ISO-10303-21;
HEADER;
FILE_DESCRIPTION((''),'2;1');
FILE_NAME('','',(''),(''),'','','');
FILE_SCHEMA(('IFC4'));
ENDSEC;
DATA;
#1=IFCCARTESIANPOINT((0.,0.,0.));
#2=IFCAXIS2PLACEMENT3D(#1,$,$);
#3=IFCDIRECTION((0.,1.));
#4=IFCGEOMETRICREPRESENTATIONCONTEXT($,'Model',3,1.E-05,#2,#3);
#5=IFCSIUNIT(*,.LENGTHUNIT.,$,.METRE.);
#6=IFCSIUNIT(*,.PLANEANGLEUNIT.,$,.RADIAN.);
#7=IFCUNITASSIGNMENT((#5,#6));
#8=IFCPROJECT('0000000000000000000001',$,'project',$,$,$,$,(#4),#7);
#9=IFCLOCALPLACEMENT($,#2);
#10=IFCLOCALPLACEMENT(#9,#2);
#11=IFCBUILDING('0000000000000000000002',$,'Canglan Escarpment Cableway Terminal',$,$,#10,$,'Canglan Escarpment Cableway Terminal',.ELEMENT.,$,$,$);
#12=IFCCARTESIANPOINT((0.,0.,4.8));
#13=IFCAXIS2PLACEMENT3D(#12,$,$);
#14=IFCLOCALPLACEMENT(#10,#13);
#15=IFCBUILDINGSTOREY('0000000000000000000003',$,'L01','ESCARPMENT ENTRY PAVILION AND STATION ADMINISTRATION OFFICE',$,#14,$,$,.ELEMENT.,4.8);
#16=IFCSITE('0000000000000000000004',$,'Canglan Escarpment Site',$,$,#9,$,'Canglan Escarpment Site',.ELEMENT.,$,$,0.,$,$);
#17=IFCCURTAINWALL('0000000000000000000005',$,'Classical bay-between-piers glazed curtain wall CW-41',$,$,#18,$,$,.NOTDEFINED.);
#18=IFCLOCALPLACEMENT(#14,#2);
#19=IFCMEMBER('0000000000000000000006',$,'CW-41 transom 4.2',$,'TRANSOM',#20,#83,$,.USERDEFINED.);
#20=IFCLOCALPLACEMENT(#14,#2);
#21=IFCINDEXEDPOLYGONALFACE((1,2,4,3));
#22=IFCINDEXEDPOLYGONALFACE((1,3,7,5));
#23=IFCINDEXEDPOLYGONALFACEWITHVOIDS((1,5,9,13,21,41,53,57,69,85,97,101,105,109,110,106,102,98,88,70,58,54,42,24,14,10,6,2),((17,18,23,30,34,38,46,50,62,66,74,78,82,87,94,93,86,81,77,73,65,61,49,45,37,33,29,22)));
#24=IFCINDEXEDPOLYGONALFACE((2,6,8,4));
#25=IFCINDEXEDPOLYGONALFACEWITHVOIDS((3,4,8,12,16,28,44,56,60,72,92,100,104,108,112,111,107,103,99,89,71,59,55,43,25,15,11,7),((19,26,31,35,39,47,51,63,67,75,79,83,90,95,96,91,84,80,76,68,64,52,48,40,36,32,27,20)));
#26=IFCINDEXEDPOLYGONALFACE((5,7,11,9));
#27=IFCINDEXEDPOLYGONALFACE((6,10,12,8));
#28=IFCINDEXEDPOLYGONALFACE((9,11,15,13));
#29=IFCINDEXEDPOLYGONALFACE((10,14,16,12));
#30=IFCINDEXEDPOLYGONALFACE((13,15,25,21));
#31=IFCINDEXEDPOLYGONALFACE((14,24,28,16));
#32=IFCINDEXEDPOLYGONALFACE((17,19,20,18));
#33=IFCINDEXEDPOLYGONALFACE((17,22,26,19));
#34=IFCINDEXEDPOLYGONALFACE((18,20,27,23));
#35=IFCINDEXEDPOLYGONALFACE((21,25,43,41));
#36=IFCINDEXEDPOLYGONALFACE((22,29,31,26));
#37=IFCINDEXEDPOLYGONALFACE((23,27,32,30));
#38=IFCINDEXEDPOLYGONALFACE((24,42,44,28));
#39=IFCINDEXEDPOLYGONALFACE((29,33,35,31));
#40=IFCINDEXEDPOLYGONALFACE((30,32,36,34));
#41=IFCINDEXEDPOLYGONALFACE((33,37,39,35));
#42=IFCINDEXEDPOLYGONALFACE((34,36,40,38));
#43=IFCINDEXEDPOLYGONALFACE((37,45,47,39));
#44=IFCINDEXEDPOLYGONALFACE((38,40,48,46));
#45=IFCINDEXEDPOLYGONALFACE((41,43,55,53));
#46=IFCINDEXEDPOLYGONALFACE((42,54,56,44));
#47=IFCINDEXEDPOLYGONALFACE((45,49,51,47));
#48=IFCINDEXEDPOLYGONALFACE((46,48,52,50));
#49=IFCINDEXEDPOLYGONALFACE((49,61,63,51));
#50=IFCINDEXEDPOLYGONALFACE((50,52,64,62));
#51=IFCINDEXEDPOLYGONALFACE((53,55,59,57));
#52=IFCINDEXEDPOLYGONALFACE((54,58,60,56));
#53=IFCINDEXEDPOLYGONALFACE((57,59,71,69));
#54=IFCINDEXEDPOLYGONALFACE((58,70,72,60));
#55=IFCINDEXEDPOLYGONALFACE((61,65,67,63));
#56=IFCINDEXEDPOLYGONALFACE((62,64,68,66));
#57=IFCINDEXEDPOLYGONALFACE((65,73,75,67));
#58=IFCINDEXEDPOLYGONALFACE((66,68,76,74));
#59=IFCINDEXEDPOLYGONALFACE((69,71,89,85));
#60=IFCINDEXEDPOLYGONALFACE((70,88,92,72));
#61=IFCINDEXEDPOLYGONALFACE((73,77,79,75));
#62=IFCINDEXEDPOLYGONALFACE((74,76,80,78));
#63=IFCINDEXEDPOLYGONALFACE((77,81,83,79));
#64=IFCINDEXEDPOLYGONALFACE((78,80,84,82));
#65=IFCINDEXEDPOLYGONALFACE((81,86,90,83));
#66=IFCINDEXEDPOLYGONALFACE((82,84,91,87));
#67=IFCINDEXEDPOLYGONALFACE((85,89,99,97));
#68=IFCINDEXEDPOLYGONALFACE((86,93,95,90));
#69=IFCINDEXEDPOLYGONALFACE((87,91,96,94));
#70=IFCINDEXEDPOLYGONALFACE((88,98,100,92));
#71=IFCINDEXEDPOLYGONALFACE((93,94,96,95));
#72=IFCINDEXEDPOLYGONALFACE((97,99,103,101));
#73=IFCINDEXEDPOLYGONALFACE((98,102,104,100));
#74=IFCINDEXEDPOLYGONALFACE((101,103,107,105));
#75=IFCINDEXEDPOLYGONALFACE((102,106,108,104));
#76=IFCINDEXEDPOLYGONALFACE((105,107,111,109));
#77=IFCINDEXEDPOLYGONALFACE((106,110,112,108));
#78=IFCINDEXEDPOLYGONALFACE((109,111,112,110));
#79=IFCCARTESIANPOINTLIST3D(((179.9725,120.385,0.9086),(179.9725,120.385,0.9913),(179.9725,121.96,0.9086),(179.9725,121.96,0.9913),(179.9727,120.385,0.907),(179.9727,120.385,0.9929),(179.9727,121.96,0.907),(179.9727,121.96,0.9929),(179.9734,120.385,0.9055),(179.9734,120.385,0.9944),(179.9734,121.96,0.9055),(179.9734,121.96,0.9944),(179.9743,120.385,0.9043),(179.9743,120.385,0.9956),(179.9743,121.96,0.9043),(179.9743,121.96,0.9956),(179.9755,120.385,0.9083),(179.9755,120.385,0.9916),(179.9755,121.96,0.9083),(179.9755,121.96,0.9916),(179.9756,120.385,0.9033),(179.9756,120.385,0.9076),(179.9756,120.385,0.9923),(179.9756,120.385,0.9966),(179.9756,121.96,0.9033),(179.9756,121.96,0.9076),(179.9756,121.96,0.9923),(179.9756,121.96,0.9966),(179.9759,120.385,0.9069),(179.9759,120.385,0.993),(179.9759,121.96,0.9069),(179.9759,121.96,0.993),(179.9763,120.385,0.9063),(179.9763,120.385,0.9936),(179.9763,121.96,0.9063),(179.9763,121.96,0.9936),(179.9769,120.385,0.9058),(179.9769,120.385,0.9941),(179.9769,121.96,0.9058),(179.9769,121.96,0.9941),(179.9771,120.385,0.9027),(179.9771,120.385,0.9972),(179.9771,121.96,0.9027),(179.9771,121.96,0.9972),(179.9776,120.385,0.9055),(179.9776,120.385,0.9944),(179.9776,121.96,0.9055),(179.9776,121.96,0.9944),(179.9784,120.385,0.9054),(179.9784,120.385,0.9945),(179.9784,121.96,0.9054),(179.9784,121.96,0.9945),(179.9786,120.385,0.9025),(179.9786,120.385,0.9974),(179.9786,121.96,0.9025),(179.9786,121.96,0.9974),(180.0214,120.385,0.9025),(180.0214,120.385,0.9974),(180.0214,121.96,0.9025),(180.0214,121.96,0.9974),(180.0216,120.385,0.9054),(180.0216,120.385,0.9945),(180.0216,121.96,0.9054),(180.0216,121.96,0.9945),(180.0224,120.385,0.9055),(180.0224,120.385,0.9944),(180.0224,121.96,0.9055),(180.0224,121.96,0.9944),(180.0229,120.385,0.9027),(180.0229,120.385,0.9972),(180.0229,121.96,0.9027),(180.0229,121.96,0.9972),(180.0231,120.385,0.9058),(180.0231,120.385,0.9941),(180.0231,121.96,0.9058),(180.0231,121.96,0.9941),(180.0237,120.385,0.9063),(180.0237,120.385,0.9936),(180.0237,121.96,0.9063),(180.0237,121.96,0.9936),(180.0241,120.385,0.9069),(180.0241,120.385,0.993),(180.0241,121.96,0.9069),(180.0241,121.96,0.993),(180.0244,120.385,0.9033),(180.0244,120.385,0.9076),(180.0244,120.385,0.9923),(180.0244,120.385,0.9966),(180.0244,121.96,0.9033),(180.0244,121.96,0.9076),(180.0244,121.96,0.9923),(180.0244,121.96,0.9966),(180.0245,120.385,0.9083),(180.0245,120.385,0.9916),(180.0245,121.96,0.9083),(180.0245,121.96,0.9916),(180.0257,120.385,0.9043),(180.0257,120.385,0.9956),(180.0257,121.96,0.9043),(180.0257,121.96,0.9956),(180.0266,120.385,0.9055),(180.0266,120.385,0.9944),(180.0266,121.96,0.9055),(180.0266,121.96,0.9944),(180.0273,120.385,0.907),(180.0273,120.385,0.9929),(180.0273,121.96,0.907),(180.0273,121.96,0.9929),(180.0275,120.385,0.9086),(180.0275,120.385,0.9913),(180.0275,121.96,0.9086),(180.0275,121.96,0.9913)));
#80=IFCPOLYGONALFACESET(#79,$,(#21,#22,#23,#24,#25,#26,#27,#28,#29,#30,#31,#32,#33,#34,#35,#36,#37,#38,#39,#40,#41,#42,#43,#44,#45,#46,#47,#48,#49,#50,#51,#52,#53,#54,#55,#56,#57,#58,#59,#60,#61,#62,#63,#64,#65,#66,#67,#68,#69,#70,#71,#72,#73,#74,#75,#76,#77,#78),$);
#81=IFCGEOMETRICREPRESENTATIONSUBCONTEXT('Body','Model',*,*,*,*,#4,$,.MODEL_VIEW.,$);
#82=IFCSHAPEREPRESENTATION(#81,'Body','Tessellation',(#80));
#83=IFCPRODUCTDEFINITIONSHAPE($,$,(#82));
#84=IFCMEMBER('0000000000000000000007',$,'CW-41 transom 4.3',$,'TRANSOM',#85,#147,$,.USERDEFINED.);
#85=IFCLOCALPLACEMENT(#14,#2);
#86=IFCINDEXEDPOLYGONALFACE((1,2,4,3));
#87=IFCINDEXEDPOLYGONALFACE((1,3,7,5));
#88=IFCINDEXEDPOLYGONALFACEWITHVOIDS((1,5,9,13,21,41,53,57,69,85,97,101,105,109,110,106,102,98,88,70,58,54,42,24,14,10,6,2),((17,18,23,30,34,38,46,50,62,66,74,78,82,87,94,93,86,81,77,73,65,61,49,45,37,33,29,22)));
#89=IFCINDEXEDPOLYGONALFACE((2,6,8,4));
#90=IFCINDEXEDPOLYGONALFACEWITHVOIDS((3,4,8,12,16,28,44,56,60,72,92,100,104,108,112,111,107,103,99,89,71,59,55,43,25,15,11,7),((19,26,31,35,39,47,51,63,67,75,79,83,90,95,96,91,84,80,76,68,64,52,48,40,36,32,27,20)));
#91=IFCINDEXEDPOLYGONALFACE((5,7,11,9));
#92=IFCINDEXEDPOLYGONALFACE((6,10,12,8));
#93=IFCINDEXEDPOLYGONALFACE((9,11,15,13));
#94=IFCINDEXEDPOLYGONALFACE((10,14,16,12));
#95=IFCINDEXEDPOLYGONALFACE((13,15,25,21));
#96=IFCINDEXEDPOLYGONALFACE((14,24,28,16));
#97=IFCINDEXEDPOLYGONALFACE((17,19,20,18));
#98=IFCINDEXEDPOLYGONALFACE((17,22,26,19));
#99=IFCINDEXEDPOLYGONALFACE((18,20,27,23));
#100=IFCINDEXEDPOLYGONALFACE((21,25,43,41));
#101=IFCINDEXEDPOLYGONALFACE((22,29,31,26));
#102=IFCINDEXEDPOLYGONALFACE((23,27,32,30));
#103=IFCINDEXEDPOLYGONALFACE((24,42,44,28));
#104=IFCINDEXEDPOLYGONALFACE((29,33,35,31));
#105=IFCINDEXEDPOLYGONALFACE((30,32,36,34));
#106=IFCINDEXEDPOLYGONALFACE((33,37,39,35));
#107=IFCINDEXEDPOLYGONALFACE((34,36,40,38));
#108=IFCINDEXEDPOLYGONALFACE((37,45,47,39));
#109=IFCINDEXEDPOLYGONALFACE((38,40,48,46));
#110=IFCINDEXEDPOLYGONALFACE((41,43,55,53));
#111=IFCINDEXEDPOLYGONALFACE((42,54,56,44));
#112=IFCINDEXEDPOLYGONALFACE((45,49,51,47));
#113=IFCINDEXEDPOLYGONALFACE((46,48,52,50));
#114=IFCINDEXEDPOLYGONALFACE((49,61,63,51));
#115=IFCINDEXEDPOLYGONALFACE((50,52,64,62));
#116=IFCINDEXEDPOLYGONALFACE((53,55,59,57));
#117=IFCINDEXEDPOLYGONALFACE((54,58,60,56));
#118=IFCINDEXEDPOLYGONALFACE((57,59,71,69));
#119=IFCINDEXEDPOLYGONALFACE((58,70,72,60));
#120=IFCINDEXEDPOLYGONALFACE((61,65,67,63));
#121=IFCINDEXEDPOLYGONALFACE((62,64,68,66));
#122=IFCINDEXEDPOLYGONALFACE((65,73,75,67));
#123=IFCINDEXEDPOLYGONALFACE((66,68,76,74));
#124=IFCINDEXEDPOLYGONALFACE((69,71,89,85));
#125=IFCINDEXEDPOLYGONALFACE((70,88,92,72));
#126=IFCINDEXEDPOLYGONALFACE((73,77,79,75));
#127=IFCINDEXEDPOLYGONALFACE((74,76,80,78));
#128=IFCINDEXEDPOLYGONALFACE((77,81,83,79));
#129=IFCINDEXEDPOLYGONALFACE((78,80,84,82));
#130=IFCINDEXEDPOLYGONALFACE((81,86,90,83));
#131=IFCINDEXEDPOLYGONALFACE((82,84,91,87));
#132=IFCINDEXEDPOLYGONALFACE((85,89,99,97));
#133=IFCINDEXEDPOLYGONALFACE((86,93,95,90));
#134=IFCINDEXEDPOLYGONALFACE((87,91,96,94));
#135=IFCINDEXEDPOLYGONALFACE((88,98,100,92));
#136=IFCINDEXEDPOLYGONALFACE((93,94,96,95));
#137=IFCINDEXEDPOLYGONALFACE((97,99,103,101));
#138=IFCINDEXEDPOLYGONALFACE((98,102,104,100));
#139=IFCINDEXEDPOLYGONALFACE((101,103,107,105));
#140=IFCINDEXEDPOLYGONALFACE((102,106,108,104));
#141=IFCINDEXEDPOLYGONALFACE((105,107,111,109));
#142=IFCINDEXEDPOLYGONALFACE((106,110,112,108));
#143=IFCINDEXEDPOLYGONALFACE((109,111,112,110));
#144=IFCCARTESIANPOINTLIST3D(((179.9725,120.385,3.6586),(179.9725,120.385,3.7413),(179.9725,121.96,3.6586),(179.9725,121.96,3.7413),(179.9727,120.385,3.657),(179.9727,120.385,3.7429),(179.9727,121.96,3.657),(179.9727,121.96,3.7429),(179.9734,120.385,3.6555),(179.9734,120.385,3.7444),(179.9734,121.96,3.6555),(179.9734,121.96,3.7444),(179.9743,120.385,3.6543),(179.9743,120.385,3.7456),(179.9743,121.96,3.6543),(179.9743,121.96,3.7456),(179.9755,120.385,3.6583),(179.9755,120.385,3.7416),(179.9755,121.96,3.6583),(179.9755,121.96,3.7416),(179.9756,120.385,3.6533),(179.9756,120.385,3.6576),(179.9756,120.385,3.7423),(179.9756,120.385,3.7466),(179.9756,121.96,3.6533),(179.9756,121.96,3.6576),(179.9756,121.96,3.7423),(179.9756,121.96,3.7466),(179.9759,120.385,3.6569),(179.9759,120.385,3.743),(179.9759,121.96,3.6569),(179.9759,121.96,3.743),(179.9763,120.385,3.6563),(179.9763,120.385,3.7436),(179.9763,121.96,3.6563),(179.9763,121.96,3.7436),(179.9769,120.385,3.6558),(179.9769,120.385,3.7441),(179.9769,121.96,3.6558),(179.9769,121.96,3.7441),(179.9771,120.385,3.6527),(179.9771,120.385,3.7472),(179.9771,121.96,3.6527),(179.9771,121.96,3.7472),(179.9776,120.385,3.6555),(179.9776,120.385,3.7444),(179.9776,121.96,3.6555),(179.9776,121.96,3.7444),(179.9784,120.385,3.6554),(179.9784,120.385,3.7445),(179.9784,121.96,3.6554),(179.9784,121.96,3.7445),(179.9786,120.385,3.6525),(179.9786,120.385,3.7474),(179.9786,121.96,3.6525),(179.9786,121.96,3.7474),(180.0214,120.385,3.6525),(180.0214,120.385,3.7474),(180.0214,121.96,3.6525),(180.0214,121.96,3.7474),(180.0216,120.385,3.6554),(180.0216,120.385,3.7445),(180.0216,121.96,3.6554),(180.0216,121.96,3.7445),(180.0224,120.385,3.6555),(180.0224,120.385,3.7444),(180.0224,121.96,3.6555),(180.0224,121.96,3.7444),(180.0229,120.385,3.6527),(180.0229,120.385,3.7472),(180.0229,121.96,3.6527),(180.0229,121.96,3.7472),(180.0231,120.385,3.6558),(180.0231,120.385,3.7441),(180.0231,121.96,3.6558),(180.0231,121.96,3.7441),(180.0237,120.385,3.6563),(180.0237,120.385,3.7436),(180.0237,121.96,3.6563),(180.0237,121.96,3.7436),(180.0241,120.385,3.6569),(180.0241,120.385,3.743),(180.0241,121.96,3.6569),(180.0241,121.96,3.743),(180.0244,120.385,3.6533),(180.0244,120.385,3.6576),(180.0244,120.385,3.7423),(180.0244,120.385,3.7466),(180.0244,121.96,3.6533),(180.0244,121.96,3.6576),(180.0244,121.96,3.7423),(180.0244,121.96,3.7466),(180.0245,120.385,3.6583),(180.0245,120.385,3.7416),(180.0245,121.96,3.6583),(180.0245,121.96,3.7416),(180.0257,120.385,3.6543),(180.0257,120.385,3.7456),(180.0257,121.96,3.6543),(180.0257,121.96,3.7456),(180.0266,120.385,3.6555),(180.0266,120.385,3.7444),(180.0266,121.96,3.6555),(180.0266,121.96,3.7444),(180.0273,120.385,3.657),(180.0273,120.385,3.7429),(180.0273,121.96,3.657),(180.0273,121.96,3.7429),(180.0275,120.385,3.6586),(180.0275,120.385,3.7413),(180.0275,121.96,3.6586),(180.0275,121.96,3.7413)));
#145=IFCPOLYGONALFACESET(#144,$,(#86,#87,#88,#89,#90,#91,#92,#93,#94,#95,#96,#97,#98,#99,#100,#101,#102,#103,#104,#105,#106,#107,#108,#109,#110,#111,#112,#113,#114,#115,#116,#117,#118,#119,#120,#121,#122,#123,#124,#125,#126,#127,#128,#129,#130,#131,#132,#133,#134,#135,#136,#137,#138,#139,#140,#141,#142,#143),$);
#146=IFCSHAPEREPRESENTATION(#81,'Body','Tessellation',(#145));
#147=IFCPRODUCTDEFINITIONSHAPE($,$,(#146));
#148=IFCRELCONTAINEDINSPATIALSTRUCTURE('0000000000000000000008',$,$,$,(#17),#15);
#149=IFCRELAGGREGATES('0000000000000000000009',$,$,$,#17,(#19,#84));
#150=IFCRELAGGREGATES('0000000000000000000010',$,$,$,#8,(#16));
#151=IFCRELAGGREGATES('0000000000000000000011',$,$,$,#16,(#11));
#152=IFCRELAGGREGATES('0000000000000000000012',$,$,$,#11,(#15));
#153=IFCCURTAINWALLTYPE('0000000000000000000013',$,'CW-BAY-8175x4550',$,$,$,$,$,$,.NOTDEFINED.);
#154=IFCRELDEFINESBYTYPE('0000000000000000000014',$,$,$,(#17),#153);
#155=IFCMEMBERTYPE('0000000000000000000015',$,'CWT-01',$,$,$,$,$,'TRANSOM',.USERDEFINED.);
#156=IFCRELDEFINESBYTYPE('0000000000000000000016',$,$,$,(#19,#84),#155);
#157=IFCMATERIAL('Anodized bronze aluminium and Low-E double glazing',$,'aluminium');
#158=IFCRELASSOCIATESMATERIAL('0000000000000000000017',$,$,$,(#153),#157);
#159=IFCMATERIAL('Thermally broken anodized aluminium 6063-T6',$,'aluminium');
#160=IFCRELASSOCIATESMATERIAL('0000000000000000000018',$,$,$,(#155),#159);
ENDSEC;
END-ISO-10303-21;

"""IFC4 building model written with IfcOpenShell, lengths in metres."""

from ifc_helpers import new_model, si_unit, direction, frame, origin, origin_2d, place, context, subcontext, project, spatial, hollow_rectangle, extrude, material, material_profile, profile_set, type_object, element, aggregate, save


model = new_model("IFC4")

# Units and contexts
model_context = context("Model", 3, precision=1e-05, world=origin(), true_north=direction((0.0, 1.0)))
body_context = subcontext(model_context, "Body", "Model", "MODEL_VIEW")
ifc_project = project(units=[si_unit("LENGTHUNIT", "METRE"), si_unit("PLANEANGLEUNIT", "RADIAN")], contexts=[model_context])

# Site, building, storey
site_placement = place(None, origin())
site = spatial("IfcSite", under=ifc_project, at=site_placement, Name="Canglan Escarpment Site", LongName="Canglan Escarpment Site", CompositionType="ELEMENT", RefElevation=0.0)
building_placement = place(site_placement, origin())
building = spatial("IfcBuilding", under=site, at=building_placement, Name="Canglan Escarpment Cableway Terminal", LongName="Canglan Escarpment Cableway Terminal", CompositionType="ELEMENT")
storey_placement = place(building_placement, frame((0.0, 0.0, 4.8)))
storey = spatial("IfcBuildingStorey", under=building, at=storey_placement, Name="L01", Description="ESCARPMENT ENTRY PAVILION AND STATION ADMINISTRATION OFFICE", CompositionType="ELEMENT", Elevation=4.8)

# Curtain wall, members
ifc_material_1 = material(Name="Anodized bronze aluminium and Low-E double glazing", Category="aluminium")
curtain_wall_type = type_object("IfcCurtainWallType", Name="CW-BAY-8175x4550", PredefinedType="NOTDEFINED", material=ifc_material_1)
curtain_wall_placement = place(storey_placement, origin())
curtain_wall = element("IfcCurtainWall", 1, at=curtain_wall_placement, inside=storey, type_object=curtain_wall_type, Name="Classical bay-between-piers glazed curtain wall CW-41", PredefinedType="NOTDEFINED")
ifc_material_2 = material(Name="Thermally broken anodized aluminium 6063-T6", Category="aluminium")
ifc_material_profile_1 = material_profile(ifc_material_2, hollow_rectangle(XDim=0.0549, YDim=0.095, WallThickness=0.0029, InnerFilletRadius=0.0029, OuterFilletRadius=0.0061, at=origin_2d()), Name="ALU-TRAN 55x95x3")
ifc_profile_set_1 = profile_set([ifc_material_profile_1], Name="Thermally broken anodized aluminium 6063-T6")
member_type_1 = type_object("IfcMemberType", Name="CWT-01", ElementType="TRANSOM", PredefinedType="USERDEFINED", material=ifc_profile_set_1)
member_1_placement = place(storey_placement, frame((180.0, 120.385, 0.95), z_axis=(0.0, 1.0, 0.0), x_axis=(-1.0, 0.0, 0.0)))
member_1 = element("IfcMember", 2, at=member_1_placement, type_object=member_type_1, Name="CW-41 transom 4.2", ObjectType="TRANSOM", PredefinedType="USERDEFINED", context=body_context, shape_type="SweptSolid", body=[
    extrude(hollow_rectangle(XDim=0.0549, YDim=0.095, WallThickness=0.0029, InnerFilletRadius=0.0029, OuterFilletRadius=0.0061, at=origin_2d()), origin(), (0.0, 0.0, 1.0), 1.575),
])
member_2_placement = place(storey_placement, frame((180.0, 120.385, 3.7), z_axis=(0.0, 1.0, 0.0), x_axis=(-1.0, 0.0, 0.0)))
member_2 = element("IfcMember", 3, at=member_2_placement, type_object=member_type_1, Name="CW-41 transom 4.3", ObjectType="TRANSOM", PredefinedType="USERDEFINED", context=body_context, shape_type="SweptSolid", body=[
    extrude(hollow_rectangle(XDim=0.0549, YDim=0.095, WallThickness=0.0029, InnerFilletRadius=0.0029, OuterFilletRadius=0.0061, at=origin_2d()), origin(), (0.0, 0.0, 1.0), 1.575),
])
aggregate(curtain_wall, [member_1, member_2])

save(model, "model.ifc")
